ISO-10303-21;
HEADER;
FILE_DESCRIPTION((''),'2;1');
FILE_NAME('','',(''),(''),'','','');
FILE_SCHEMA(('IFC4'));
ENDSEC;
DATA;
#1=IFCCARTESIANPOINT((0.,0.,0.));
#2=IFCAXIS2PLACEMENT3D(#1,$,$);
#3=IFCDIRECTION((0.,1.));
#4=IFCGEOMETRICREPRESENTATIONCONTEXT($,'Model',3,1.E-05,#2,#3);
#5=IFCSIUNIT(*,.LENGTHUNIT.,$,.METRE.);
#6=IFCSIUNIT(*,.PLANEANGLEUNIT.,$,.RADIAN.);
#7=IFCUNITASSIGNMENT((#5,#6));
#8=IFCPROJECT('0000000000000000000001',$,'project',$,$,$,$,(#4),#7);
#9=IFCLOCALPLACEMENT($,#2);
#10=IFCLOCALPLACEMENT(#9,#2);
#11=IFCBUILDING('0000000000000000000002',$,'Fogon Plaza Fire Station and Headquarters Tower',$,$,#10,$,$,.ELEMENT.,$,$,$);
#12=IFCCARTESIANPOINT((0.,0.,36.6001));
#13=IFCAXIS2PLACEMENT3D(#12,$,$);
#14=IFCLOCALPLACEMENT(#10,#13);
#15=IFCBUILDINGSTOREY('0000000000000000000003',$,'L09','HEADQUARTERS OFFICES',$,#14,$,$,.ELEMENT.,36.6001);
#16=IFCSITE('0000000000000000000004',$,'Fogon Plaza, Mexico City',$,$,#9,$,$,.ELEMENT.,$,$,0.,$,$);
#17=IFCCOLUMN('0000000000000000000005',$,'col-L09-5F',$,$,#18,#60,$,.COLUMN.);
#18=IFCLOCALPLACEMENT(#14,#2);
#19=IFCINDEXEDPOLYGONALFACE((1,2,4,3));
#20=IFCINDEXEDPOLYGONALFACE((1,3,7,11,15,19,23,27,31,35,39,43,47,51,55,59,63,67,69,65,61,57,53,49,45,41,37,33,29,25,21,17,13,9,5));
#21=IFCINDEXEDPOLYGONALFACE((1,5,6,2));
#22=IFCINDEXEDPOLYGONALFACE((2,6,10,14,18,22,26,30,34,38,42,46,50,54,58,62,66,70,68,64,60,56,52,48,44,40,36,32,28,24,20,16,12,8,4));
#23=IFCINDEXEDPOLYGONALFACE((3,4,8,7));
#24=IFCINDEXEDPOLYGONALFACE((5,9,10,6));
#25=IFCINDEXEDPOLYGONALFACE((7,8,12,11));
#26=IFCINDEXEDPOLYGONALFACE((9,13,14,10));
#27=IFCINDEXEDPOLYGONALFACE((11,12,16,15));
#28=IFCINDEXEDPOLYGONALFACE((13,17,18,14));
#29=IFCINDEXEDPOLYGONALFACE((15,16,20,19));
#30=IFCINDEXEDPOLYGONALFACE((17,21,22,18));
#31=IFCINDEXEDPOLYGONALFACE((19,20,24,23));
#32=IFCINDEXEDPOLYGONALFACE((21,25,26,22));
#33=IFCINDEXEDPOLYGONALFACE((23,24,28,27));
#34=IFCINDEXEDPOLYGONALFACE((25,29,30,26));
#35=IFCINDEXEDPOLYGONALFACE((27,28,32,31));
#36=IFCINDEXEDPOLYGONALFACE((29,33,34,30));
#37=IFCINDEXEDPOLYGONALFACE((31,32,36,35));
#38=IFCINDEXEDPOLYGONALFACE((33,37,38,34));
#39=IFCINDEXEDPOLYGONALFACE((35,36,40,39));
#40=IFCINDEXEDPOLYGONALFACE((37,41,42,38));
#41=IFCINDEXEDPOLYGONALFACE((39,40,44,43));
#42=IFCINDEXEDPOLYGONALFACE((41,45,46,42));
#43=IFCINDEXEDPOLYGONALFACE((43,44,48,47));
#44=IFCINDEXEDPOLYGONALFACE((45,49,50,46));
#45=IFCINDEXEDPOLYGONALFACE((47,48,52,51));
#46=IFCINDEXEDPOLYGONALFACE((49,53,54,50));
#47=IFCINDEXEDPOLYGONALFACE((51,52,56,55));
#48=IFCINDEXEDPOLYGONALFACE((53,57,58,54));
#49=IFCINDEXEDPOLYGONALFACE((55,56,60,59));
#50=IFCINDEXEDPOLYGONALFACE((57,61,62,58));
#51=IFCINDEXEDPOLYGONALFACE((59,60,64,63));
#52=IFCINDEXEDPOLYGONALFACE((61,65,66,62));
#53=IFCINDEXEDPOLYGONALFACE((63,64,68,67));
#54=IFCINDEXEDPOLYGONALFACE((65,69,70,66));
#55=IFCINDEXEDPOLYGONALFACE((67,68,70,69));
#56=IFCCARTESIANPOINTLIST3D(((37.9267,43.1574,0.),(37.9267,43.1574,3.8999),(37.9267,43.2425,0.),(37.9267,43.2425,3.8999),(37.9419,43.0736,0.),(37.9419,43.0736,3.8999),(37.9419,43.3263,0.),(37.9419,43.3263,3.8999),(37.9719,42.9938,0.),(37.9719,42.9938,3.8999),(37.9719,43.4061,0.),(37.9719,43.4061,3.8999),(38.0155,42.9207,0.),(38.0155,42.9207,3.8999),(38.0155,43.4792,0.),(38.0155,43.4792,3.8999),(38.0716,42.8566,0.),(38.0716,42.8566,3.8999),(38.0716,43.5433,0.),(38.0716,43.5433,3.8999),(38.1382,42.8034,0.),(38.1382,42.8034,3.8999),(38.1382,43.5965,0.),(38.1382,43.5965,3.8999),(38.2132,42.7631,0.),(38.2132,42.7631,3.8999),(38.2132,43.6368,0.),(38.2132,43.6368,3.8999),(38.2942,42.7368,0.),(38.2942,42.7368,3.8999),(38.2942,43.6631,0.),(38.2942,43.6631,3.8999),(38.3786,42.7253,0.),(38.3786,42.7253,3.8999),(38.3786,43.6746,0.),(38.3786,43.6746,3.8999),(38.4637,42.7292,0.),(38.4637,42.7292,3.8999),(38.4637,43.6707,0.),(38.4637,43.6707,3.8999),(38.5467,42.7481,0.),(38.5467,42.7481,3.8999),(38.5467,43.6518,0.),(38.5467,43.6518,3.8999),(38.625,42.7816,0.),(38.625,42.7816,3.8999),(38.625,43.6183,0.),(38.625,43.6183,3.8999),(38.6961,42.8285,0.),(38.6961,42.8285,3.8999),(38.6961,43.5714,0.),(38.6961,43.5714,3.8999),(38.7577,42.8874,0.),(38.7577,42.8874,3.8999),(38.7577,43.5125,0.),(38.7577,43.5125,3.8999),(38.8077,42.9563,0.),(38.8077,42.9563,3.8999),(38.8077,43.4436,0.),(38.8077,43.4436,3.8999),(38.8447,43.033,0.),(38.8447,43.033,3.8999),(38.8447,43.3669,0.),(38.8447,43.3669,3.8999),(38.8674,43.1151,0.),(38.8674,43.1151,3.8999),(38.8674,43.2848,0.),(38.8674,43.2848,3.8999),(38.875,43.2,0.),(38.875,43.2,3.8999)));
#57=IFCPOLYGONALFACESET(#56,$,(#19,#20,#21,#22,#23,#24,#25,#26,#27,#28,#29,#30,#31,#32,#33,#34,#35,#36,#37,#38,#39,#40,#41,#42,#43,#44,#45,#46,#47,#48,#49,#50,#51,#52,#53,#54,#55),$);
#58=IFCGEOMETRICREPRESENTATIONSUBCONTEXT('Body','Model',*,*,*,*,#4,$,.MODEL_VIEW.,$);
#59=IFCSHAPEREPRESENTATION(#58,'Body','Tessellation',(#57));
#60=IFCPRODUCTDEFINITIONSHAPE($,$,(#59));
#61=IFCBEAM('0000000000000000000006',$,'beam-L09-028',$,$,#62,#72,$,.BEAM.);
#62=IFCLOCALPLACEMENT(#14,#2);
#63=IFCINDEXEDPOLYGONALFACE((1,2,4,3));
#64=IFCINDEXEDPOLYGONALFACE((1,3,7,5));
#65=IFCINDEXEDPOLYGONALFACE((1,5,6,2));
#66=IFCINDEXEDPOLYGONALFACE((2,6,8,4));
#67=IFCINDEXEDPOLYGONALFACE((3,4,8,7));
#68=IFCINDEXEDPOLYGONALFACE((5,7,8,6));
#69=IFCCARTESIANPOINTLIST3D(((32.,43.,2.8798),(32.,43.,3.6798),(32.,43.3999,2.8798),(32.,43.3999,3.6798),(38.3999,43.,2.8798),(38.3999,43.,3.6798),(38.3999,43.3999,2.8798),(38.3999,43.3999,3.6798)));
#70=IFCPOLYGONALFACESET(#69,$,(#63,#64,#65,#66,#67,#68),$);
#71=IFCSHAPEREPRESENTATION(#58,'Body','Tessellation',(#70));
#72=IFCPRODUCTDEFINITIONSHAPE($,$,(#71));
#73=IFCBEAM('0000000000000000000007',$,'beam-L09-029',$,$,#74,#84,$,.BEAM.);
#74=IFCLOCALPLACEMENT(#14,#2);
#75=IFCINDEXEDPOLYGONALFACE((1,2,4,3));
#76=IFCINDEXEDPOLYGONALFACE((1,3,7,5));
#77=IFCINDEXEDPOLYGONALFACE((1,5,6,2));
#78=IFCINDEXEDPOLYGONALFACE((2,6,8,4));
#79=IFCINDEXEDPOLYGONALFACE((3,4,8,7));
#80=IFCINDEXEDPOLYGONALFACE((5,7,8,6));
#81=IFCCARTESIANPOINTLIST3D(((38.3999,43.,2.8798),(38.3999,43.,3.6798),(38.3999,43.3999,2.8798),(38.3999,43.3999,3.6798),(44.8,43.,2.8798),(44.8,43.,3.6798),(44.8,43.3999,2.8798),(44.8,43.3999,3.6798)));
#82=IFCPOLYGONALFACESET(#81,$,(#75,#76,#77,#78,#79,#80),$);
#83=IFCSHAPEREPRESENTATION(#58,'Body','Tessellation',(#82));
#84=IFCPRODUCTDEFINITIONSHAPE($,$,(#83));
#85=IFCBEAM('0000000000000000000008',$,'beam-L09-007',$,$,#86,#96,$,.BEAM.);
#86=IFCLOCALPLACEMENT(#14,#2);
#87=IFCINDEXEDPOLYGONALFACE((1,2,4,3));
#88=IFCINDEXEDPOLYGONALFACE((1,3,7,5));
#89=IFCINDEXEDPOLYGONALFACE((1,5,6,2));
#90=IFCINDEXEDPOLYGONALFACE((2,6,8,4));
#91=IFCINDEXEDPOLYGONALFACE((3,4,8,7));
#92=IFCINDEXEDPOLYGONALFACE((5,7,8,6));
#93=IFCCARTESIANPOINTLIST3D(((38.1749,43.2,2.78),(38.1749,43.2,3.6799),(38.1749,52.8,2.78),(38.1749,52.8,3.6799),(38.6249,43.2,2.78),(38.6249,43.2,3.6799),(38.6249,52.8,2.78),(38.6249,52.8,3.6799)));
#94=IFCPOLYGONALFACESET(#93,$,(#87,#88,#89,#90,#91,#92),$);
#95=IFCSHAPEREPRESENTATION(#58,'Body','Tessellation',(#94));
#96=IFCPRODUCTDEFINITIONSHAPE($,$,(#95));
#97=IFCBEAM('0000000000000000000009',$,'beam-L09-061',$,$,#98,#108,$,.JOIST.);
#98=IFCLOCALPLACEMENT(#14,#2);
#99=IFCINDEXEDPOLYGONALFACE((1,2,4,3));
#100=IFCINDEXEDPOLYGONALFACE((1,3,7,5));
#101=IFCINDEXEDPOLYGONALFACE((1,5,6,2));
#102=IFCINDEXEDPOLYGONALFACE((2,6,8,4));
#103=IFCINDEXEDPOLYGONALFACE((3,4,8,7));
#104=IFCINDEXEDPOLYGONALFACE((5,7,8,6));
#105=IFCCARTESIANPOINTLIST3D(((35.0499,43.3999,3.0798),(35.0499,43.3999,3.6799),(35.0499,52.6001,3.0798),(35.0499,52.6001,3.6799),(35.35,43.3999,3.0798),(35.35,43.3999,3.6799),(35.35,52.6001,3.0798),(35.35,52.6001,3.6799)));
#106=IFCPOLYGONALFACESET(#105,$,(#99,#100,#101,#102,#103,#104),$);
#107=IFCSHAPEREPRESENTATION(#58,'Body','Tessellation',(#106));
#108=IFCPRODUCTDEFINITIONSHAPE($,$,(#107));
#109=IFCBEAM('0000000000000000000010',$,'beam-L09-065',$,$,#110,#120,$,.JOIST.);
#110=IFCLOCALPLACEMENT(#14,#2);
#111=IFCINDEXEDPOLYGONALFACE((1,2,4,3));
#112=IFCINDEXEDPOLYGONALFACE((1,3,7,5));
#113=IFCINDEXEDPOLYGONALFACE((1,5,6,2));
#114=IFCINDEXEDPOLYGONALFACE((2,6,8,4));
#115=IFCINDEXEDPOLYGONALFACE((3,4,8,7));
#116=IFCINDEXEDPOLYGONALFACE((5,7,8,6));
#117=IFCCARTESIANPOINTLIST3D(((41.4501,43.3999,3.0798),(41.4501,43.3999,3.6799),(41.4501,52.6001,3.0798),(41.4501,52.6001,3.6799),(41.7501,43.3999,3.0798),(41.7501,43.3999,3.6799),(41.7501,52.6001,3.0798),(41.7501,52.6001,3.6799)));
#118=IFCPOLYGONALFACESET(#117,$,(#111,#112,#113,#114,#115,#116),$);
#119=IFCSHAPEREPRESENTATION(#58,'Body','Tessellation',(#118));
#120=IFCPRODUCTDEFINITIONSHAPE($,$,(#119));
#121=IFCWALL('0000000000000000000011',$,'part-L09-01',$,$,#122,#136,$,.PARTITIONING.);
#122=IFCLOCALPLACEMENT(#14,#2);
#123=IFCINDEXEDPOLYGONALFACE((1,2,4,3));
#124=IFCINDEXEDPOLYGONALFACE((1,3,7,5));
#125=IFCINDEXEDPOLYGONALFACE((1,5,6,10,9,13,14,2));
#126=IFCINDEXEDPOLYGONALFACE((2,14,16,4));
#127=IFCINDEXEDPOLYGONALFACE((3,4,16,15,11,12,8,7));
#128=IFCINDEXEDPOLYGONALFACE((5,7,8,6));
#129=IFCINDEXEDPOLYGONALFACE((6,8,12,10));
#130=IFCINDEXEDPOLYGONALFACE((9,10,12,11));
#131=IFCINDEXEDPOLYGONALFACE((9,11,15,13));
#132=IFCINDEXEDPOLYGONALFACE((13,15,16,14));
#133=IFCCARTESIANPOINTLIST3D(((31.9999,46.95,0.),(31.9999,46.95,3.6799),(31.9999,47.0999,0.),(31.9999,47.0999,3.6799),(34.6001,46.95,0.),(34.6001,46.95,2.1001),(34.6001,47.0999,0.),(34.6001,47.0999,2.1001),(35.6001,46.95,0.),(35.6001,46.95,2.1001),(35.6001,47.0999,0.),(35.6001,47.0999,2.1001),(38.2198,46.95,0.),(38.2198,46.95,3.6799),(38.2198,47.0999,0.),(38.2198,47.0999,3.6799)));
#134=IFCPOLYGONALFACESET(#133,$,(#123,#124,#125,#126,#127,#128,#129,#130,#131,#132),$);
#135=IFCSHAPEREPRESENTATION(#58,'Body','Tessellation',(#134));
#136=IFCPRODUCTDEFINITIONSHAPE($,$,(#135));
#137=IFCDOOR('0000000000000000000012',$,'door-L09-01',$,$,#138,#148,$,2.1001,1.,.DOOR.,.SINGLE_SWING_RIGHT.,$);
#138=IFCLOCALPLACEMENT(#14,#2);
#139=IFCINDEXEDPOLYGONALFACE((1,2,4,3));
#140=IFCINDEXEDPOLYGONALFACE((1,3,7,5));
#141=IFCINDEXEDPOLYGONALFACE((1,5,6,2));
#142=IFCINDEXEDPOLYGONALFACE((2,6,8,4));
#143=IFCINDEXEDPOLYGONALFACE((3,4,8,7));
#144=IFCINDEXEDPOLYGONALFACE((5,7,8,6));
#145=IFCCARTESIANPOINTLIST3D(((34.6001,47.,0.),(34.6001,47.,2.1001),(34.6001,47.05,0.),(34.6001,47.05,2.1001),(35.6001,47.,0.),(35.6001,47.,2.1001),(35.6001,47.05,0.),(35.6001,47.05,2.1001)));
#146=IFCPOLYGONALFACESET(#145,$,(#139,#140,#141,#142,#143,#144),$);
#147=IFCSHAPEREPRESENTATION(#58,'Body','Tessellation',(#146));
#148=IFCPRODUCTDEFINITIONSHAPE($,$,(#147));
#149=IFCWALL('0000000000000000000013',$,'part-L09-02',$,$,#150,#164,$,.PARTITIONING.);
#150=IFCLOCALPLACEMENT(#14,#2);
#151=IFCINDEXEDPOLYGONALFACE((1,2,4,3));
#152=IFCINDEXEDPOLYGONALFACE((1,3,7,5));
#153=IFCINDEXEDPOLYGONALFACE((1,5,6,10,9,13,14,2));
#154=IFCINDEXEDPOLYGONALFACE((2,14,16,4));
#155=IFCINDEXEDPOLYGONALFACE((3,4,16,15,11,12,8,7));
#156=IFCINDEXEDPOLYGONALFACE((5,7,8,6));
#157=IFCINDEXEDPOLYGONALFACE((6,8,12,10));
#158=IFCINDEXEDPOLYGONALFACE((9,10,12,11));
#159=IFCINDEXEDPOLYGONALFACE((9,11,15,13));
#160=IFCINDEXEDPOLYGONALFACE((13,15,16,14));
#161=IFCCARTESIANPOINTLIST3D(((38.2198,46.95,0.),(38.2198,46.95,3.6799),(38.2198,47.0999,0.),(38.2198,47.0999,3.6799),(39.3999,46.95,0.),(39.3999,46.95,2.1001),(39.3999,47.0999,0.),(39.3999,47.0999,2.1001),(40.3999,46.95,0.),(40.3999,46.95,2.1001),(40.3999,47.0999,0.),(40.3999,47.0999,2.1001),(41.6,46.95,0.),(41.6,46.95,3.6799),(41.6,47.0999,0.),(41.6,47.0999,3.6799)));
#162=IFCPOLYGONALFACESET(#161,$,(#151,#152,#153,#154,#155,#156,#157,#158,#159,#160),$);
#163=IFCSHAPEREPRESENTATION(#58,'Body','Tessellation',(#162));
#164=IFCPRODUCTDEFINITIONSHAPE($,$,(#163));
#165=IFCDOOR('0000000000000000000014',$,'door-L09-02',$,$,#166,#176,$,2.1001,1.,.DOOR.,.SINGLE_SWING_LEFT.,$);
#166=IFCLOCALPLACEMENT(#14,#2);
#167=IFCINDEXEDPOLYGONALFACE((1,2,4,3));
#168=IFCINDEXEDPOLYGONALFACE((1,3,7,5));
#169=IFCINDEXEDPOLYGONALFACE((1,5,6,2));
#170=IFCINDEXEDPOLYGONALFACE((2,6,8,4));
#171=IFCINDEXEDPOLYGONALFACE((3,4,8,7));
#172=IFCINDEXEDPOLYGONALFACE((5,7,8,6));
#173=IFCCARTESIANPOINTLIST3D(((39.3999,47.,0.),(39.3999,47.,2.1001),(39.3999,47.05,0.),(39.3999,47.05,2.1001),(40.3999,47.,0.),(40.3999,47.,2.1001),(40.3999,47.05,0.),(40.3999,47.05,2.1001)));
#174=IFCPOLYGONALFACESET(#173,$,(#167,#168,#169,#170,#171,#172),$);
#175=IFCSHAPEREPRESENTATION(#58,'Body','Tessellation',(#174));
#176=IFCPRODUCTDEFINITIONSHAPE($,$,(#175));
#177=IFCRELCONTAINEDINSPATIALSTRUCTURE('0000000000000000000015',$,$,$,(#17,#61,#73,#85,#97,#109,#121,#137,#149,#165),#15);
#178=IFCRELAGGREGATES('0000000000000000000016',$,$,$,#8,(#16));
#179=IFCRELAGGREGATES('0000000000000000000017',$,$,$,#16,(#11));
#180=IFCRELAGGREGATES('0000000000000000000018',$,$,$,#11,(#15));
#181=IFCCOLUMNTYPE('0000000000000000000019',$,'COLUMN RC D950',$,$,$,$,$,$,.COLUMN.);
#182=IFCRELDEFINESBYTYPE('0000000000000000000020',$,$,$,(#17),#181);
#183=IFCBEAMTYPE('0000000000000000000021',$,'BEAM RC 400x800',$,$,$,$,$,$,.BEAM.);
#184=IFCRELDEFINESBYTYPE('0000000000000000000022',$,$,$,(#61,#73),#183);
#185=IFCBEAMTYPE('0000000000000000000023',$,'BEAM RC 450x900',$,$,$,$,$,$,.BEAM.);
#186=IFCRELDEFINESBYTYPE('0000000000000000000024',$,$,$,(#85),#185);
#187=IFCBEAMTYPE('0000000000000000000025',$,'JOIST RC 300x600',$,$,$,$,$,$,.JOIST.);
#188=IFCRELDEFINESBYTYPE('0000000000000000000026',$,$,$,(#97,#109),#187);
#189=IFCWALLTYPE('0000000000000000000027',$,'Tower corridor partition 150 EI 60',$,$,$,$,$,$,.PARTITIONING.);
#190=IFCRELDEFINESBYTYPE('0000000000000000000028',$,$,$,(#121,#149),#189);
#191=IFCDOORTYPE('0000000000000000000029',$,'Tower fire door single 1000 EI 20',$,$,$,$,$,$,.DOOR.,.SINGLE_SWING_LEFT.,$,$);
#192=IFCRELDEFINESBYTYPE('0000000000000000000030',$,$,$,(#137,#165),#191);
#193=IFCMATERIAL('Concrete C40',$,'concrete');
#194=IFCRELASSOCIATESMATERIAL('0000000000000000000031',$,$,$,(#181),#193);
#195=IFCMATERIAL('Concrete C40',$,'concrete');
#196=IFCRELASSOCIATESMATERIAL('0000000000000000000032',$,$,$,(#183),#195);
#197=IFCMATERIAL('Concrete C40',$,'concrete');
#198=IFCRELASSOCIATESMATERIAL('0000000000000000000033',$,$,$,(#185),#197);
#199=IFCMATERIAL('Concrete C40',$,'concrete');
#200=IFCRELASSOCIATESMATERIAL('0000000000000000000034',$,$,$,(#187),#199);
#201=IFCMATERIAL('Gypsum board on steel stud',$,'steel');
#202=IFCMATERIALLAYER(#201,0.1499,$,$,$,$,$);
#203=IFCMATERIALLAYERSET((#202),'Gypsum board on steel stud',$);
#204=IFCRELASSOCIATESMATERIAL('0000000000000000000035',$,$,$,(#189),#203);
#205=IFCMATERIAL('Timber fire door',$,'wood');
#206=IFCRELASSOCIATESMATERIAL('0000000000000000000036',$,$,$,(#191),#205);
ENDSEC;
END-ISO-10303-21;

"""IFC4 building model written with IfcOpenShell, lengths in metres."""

from ifc_helpers import new_model, si_unit, direction, frame, frame_2d, origin, origin_2d, place, context, subcontext, project, spatial, rectangle, circle, extrude, material, layer, layer_set, material_profile, profile_set, type_object, element, fill, save


model = new_model("IFC4")

# Units and contexts
model_context = context("Model", 3, precision=1e-05, world=origin(), true_north=direction((0.0, 1.0)))
body_context = subcontext(model_context, "Body", "Model", "MODEL_VIEW")
ifc_project = project(units=[si_unit("LENGTHUNIT", "METRE"), si_unit("PLANEANGLEUNIT", "RADIAN")], contexts=[model_context])

# Site, building, storey
site_placement = place(None, origin())
site = spatial("IfcSite", under=ifc_project, at=site_placement, Name="Fogon Plaza, Mexico City", CompositionType="ELEMENT", RefElevation=0.0)
building_placement = place(site_placement, origin())
building = spatial("IfcBuilding", under=site, at=building_placement, Name="Fogon Plaza Fire Station and Headquarters Tower", CompositionType="ELEMENT")
storey_placement = place(building_placement, frame((0.0, 0.0, 36.6001)))
storey = spatial("IfcBuildingStorey", under=building, at=storey_placement, Name="L09", Description="HEADQUARTERS OFFICES", CompositionType="ELEMENT", Elevation=36.6001)

# Column
ifc_material_1 = material(Name="Concrete C40", Category="concrete")
ifc_material_profile_1 = material_profile(ifc_material_1, circle(Radius=0.4751, at=origin_2d()), Name="RC D950")
ifc_profile_set_1 = profile_set([ifc_material_profile_1], Name="Concrete C40")
column_type = type_object("IfcColumnType", Name="COLUMN RC D950", PredefinedType="COLUMN", material=ifc_profile_set_1)
column_placement = place(storey_placement, frame((38.3999, 43.2, 0.0), z_axis=(0.0, 0.0, 1.0), x_axis=(1.0, 0.0, 0.0)))
element("IfcColumn", 1, at=column_placement, inside=storey, type_object=column_type, Name="col-L09-5F", PredefinedType="COLUMN", context=body_context, shape_type="SweptSolid", body=[
    extrude(circle(Radius=0.4751, at=origin_2d()), origin(), (0.0, 0.0, 1.0), 3.8999),
])

# Beams
ifc_material_2 = material(Name="Concrete C40", Category="concrete")
ifc_material_profile_2 = material_profile(ifc_material_2, rectangle(XDim=0.3999, YDim=0.8, at=origin_2d()), Name="RC 400x800")
ifc_profile_set_2 = profile_set([ifc_material_profile_2], Name="Concrete C40")
beam_type_1 = type_object("IfcBeamType", Name="BEAM RC 400x800", PredefinedType="BEAM", material=ifc_profile_set_2)
beam_1_placement = place(storey_placement, frame((32.0, 43.2, 3.2798), z_axis=(1.0, 0.0, 0.0), x_axis=(0.0, 1.0, 0.0)))
element("IfcBeam", 2, at=beam_1_placement, inside=storey, type_object=beam_type_1, Name="beam-L09-028", PredefinedType="BEAM", context=body_context, shape_type="SweptSolid", body=[
    extrude(rectangle(XDim=0.3999, YDim=0.8, at=origin_2d()), origin(), (0.0, 0.0, 1.0), 6.3999),
])
beam_2_placement = place(storey_placement, frame((38.3999, 43.2, 3.2798), z_axis=(1.0, 0.0, 0.0), x_axis=(0.0, 1.0, 0.0)))
element("IfcBeam", 3, at=beam_2_placement, inside=storey, type_object=beam_type_1, Name="beam-L09-029", PredefinedType="BEAM", context=body_context, shape_type="SweptSolid", body=[
    extrude(rectangle(XDim=0.3999, YDim=0.8, at=origin_2d()), origin(), (0.0, 0.0, 1.0), 6.4001),
])
ifc_material_3 = material(Name="Concrete C40", Category="concrete")
ifc_material_profile_3 = material_profile(ifc_material_3, rectangle(XDim=0.45, YDim=0.8999, at=origin_2d()), Name="RC 450x900")
ifc_profile_set_3 = profile_set([ifc_material_profile_3], Name="Concrete C40")
beam_type_2 = type_object("IfcBeamType", Name="BEAM RC 450x900", PredefinedType="BEAM", material=ifc_profile_set_3)
beam_3_placement = place(storey_placement, frame((38.3999, 43.2, 3.23), z_axis=(0.0, 1.0, 0.0), x_axis=(-1.0, 0.0, 0.0)))
element("IfcBeam", 4, at=beam_3_placement, inside=storey, type_object=beam_type_2, Name="beam-L09-007", PredefinedType="BEAM", context=body_context, shape_type="SweptSolid", body=[
    extrude(rectangle(XDim=0.45, YDim=0.8999, at=origin_2d()), origin(), (0.0, 0.0, 1.0), 9.6001),
])
ifc_material_4 = material(Name="Concrete C40", Category="concrete")
ifc_material_profile_4 = material_profile(ifc_material_4, rectangle(XDim=0.3, YDim=0.6001, at=origin_2d()), Name="RC 300x600")
ifc_profile_set_4 = profile_set([ifc_material_profile_4], Name="Concrete C40")
beam_type_3 = type_object("IfcBeamType", Name="JOIST RC 300x600", PredefinedType="JOIST", material=ifc_profile_set_4)
for number, where, z_axis, x_axis, name in (
    (5, (35.2, 43.3999, 3.3799), (0.0, 1.0, 0.0), (-1.0, 0.0, 0.0), "beam-L09-061"),
    (6, (41.6001, 43.3999, 3.3799), (0.0, 1.0, 0.0), (-1.0, 0.0, 0.0), "beam-L09-065"),
):
    element("IfcBeam", number, at=place(storey_placement, frame(where, z_axis=z_axis, x_axis=x_axis)), inside=storey, type_object=beam_type_3, Name=name, PredefinedType="JOIST", context=body_context, shape_type="SweptSolid", body=[
        extrude(rectangle(XDim=0.3, YDim=0.6001, at=origin_2d()), origin(), (0.0, 0.0, 1.0), 9.2002),
    ])

# Walls, openings, doors
ifc_material_5 = material(Name="Gypsum board on steel stud", Category="steel")
ifc_layer_1 = layer(ifc_material_5, 0.1499)
ifc_layer_set_1 = layer_set([ifc_layer_1], Name="Gypsum board on steel stud")
wall_type_1 = type_object("IfcWallType", Name="Tower corridor partition 150 EI 60", PredefinedType="PARTITIONING", material=ifc_layer_set_1)
wall_1_placement = place(storey_placement, frame((32.0, 47.0249, 0.0), z_axis=(0.0, 0.0, 1.0), x_axis=(1.0, 0.0, 0.0)))
wall_1 = element("IfcWall", 7, at=wall_1_placement, inside=storey, type_object=wall_type_1, Name="part-L09-01", PredefinedType="PARTITIONING", context=body_context, shape_type="SweptSolid", body=[
    extrude(rectangle(XDim=6.22, YDim=0.1499, at=frame_2d((3.1099, 0.0))), origin(), (0.0, 0.0, 1.0), 3.6799),
])
opening_1_placement = place(wall_1_placement, frame((2.6001, 0.0, 0.0)))
opening_1 = element("IfcOpeningElement", 8, at=opening_1_placement, cuts=wall_1, PredefinedType="OPENING", context=body_context, shape_type="SweptSolid", body=[
    extrude(rectangle(XDim=1.0, YDim=2.1001, at=frame_2d((0.5, 1.05))), frame((0.0, 0.085, 0.0), z_axis=(0.0, -1.0, 0.0), x_axis=(1.0, 0.0, 0.0)), (0.0, 0.0, 1.0), 0.1699),
])
ifc_material_6 = material(Name="Timber fire door", Category="wood")
door_type_1 = type_object("IfcDoorType", Name="Tower fire door single 1000 EI 20", OperationType="SINGLE_SWING_LEFT", PredefinedType="DOOR", material=ifc_material_6)
door_1_placement = place(opening_1_placement, frame((1.0, 0.0, 0.0), z_axis=(0.0, 0.0, 1.0), x_axis=(-1.0, 0.0, 0.0)))
door_1 = element("IfcDoor", 9, at=door_1_placement, inside=storey, type_object=door_type_1, Name="door-L09-01", OperationType="SINGLE_SWING_RIGHT", OverallHeight=2.1001, OverallWidth=1.0, PredefinedType="DOOR", context=body_context, shape_type="SweptSolid", body=[
    extrude(rectangle(XDim=1.0, YDim=2.1001, at=frame_2d((0.5, 1.05))), frame((0.0, 0.0249, 0.0), z_axis=(0.0, -1.0, 0.0), x_axis=(1.0, 0.0, 0.0)), (0.0, 0.0, 1.0), 0.05),
])
fill(opening_1, door_1)
wall_2_placement = place(storey_placement, frame((38.22, 47.0249, 0.0), z_axis=(0.0, 0.0, 1.0), x_axis=(1.0, 0.0, 0.0)))
wall_2 = element("IfcWall", 10, at=wall_2_placement, inside=storey, type_object=wall_type_1, Name="part-L09-02", PredefinedType="PARTITIONING", context=body_context, shape_type="SweptSolid", body=[
    extrude(rectangle(XDim=3.3801, YDim=0.1499, at=frame_2d((1.6899, 0.0))), origin(), (0.0, 0.0, 1.0), 3.6799),
])
opening_2_placement = place(wall_2_placement, frame((1.1799, 0.0, 0.0)))
opening_2 = element("IfcOpeningElement", 11, at=opening_2_placement, cuts=wall_2, PredefinedType="OPENING", context=body_context, shape_type="SweptSolid", body=[
    extrude(rectangle(XDim=1.0, YDim=2.1001, at=frame_2d((0.5, 1.05))), frame((0.0, 0.085, 0.0), z_axis=(0.0, -1.0, 0.0), x_axis=(1.0, 0.0, 0.0)), (0.0, 0.0, 1.0), 0.1699),
])
door_2_placement = place(opening_2_placement, frame((1.0, 0.0, 0.0), z_axis=(0.0, 0.0, 1.0), x_axis=(-1.0, 0.0, 0.0)))
door_2 = element("IfcDoor", 12, at=door_2_placement, inside=storey, type_object=door_type_1, Name="door-L09-02", OperationType="SINGLE_SWING_LEFT", OverallHeight=2.1001, OverallWidth=1.0, PredefinedType="DOOR", context=body_context, shape_type="SweptSolid", body=[
    extrude(rectangle(XDim=1.0, YDim=2.1001, at=frame_2d((0.5, 1.05))), frame((0.0, 0.0249, 0.0), z_axis=(0.0, -1.0, 0.0), x_axis=(1.0, 0.0, 0.0)), (0.0, 0.0, 1.0), 0.05),
])
fill(opening_2, door_2)

save(model, "model.ifc")
